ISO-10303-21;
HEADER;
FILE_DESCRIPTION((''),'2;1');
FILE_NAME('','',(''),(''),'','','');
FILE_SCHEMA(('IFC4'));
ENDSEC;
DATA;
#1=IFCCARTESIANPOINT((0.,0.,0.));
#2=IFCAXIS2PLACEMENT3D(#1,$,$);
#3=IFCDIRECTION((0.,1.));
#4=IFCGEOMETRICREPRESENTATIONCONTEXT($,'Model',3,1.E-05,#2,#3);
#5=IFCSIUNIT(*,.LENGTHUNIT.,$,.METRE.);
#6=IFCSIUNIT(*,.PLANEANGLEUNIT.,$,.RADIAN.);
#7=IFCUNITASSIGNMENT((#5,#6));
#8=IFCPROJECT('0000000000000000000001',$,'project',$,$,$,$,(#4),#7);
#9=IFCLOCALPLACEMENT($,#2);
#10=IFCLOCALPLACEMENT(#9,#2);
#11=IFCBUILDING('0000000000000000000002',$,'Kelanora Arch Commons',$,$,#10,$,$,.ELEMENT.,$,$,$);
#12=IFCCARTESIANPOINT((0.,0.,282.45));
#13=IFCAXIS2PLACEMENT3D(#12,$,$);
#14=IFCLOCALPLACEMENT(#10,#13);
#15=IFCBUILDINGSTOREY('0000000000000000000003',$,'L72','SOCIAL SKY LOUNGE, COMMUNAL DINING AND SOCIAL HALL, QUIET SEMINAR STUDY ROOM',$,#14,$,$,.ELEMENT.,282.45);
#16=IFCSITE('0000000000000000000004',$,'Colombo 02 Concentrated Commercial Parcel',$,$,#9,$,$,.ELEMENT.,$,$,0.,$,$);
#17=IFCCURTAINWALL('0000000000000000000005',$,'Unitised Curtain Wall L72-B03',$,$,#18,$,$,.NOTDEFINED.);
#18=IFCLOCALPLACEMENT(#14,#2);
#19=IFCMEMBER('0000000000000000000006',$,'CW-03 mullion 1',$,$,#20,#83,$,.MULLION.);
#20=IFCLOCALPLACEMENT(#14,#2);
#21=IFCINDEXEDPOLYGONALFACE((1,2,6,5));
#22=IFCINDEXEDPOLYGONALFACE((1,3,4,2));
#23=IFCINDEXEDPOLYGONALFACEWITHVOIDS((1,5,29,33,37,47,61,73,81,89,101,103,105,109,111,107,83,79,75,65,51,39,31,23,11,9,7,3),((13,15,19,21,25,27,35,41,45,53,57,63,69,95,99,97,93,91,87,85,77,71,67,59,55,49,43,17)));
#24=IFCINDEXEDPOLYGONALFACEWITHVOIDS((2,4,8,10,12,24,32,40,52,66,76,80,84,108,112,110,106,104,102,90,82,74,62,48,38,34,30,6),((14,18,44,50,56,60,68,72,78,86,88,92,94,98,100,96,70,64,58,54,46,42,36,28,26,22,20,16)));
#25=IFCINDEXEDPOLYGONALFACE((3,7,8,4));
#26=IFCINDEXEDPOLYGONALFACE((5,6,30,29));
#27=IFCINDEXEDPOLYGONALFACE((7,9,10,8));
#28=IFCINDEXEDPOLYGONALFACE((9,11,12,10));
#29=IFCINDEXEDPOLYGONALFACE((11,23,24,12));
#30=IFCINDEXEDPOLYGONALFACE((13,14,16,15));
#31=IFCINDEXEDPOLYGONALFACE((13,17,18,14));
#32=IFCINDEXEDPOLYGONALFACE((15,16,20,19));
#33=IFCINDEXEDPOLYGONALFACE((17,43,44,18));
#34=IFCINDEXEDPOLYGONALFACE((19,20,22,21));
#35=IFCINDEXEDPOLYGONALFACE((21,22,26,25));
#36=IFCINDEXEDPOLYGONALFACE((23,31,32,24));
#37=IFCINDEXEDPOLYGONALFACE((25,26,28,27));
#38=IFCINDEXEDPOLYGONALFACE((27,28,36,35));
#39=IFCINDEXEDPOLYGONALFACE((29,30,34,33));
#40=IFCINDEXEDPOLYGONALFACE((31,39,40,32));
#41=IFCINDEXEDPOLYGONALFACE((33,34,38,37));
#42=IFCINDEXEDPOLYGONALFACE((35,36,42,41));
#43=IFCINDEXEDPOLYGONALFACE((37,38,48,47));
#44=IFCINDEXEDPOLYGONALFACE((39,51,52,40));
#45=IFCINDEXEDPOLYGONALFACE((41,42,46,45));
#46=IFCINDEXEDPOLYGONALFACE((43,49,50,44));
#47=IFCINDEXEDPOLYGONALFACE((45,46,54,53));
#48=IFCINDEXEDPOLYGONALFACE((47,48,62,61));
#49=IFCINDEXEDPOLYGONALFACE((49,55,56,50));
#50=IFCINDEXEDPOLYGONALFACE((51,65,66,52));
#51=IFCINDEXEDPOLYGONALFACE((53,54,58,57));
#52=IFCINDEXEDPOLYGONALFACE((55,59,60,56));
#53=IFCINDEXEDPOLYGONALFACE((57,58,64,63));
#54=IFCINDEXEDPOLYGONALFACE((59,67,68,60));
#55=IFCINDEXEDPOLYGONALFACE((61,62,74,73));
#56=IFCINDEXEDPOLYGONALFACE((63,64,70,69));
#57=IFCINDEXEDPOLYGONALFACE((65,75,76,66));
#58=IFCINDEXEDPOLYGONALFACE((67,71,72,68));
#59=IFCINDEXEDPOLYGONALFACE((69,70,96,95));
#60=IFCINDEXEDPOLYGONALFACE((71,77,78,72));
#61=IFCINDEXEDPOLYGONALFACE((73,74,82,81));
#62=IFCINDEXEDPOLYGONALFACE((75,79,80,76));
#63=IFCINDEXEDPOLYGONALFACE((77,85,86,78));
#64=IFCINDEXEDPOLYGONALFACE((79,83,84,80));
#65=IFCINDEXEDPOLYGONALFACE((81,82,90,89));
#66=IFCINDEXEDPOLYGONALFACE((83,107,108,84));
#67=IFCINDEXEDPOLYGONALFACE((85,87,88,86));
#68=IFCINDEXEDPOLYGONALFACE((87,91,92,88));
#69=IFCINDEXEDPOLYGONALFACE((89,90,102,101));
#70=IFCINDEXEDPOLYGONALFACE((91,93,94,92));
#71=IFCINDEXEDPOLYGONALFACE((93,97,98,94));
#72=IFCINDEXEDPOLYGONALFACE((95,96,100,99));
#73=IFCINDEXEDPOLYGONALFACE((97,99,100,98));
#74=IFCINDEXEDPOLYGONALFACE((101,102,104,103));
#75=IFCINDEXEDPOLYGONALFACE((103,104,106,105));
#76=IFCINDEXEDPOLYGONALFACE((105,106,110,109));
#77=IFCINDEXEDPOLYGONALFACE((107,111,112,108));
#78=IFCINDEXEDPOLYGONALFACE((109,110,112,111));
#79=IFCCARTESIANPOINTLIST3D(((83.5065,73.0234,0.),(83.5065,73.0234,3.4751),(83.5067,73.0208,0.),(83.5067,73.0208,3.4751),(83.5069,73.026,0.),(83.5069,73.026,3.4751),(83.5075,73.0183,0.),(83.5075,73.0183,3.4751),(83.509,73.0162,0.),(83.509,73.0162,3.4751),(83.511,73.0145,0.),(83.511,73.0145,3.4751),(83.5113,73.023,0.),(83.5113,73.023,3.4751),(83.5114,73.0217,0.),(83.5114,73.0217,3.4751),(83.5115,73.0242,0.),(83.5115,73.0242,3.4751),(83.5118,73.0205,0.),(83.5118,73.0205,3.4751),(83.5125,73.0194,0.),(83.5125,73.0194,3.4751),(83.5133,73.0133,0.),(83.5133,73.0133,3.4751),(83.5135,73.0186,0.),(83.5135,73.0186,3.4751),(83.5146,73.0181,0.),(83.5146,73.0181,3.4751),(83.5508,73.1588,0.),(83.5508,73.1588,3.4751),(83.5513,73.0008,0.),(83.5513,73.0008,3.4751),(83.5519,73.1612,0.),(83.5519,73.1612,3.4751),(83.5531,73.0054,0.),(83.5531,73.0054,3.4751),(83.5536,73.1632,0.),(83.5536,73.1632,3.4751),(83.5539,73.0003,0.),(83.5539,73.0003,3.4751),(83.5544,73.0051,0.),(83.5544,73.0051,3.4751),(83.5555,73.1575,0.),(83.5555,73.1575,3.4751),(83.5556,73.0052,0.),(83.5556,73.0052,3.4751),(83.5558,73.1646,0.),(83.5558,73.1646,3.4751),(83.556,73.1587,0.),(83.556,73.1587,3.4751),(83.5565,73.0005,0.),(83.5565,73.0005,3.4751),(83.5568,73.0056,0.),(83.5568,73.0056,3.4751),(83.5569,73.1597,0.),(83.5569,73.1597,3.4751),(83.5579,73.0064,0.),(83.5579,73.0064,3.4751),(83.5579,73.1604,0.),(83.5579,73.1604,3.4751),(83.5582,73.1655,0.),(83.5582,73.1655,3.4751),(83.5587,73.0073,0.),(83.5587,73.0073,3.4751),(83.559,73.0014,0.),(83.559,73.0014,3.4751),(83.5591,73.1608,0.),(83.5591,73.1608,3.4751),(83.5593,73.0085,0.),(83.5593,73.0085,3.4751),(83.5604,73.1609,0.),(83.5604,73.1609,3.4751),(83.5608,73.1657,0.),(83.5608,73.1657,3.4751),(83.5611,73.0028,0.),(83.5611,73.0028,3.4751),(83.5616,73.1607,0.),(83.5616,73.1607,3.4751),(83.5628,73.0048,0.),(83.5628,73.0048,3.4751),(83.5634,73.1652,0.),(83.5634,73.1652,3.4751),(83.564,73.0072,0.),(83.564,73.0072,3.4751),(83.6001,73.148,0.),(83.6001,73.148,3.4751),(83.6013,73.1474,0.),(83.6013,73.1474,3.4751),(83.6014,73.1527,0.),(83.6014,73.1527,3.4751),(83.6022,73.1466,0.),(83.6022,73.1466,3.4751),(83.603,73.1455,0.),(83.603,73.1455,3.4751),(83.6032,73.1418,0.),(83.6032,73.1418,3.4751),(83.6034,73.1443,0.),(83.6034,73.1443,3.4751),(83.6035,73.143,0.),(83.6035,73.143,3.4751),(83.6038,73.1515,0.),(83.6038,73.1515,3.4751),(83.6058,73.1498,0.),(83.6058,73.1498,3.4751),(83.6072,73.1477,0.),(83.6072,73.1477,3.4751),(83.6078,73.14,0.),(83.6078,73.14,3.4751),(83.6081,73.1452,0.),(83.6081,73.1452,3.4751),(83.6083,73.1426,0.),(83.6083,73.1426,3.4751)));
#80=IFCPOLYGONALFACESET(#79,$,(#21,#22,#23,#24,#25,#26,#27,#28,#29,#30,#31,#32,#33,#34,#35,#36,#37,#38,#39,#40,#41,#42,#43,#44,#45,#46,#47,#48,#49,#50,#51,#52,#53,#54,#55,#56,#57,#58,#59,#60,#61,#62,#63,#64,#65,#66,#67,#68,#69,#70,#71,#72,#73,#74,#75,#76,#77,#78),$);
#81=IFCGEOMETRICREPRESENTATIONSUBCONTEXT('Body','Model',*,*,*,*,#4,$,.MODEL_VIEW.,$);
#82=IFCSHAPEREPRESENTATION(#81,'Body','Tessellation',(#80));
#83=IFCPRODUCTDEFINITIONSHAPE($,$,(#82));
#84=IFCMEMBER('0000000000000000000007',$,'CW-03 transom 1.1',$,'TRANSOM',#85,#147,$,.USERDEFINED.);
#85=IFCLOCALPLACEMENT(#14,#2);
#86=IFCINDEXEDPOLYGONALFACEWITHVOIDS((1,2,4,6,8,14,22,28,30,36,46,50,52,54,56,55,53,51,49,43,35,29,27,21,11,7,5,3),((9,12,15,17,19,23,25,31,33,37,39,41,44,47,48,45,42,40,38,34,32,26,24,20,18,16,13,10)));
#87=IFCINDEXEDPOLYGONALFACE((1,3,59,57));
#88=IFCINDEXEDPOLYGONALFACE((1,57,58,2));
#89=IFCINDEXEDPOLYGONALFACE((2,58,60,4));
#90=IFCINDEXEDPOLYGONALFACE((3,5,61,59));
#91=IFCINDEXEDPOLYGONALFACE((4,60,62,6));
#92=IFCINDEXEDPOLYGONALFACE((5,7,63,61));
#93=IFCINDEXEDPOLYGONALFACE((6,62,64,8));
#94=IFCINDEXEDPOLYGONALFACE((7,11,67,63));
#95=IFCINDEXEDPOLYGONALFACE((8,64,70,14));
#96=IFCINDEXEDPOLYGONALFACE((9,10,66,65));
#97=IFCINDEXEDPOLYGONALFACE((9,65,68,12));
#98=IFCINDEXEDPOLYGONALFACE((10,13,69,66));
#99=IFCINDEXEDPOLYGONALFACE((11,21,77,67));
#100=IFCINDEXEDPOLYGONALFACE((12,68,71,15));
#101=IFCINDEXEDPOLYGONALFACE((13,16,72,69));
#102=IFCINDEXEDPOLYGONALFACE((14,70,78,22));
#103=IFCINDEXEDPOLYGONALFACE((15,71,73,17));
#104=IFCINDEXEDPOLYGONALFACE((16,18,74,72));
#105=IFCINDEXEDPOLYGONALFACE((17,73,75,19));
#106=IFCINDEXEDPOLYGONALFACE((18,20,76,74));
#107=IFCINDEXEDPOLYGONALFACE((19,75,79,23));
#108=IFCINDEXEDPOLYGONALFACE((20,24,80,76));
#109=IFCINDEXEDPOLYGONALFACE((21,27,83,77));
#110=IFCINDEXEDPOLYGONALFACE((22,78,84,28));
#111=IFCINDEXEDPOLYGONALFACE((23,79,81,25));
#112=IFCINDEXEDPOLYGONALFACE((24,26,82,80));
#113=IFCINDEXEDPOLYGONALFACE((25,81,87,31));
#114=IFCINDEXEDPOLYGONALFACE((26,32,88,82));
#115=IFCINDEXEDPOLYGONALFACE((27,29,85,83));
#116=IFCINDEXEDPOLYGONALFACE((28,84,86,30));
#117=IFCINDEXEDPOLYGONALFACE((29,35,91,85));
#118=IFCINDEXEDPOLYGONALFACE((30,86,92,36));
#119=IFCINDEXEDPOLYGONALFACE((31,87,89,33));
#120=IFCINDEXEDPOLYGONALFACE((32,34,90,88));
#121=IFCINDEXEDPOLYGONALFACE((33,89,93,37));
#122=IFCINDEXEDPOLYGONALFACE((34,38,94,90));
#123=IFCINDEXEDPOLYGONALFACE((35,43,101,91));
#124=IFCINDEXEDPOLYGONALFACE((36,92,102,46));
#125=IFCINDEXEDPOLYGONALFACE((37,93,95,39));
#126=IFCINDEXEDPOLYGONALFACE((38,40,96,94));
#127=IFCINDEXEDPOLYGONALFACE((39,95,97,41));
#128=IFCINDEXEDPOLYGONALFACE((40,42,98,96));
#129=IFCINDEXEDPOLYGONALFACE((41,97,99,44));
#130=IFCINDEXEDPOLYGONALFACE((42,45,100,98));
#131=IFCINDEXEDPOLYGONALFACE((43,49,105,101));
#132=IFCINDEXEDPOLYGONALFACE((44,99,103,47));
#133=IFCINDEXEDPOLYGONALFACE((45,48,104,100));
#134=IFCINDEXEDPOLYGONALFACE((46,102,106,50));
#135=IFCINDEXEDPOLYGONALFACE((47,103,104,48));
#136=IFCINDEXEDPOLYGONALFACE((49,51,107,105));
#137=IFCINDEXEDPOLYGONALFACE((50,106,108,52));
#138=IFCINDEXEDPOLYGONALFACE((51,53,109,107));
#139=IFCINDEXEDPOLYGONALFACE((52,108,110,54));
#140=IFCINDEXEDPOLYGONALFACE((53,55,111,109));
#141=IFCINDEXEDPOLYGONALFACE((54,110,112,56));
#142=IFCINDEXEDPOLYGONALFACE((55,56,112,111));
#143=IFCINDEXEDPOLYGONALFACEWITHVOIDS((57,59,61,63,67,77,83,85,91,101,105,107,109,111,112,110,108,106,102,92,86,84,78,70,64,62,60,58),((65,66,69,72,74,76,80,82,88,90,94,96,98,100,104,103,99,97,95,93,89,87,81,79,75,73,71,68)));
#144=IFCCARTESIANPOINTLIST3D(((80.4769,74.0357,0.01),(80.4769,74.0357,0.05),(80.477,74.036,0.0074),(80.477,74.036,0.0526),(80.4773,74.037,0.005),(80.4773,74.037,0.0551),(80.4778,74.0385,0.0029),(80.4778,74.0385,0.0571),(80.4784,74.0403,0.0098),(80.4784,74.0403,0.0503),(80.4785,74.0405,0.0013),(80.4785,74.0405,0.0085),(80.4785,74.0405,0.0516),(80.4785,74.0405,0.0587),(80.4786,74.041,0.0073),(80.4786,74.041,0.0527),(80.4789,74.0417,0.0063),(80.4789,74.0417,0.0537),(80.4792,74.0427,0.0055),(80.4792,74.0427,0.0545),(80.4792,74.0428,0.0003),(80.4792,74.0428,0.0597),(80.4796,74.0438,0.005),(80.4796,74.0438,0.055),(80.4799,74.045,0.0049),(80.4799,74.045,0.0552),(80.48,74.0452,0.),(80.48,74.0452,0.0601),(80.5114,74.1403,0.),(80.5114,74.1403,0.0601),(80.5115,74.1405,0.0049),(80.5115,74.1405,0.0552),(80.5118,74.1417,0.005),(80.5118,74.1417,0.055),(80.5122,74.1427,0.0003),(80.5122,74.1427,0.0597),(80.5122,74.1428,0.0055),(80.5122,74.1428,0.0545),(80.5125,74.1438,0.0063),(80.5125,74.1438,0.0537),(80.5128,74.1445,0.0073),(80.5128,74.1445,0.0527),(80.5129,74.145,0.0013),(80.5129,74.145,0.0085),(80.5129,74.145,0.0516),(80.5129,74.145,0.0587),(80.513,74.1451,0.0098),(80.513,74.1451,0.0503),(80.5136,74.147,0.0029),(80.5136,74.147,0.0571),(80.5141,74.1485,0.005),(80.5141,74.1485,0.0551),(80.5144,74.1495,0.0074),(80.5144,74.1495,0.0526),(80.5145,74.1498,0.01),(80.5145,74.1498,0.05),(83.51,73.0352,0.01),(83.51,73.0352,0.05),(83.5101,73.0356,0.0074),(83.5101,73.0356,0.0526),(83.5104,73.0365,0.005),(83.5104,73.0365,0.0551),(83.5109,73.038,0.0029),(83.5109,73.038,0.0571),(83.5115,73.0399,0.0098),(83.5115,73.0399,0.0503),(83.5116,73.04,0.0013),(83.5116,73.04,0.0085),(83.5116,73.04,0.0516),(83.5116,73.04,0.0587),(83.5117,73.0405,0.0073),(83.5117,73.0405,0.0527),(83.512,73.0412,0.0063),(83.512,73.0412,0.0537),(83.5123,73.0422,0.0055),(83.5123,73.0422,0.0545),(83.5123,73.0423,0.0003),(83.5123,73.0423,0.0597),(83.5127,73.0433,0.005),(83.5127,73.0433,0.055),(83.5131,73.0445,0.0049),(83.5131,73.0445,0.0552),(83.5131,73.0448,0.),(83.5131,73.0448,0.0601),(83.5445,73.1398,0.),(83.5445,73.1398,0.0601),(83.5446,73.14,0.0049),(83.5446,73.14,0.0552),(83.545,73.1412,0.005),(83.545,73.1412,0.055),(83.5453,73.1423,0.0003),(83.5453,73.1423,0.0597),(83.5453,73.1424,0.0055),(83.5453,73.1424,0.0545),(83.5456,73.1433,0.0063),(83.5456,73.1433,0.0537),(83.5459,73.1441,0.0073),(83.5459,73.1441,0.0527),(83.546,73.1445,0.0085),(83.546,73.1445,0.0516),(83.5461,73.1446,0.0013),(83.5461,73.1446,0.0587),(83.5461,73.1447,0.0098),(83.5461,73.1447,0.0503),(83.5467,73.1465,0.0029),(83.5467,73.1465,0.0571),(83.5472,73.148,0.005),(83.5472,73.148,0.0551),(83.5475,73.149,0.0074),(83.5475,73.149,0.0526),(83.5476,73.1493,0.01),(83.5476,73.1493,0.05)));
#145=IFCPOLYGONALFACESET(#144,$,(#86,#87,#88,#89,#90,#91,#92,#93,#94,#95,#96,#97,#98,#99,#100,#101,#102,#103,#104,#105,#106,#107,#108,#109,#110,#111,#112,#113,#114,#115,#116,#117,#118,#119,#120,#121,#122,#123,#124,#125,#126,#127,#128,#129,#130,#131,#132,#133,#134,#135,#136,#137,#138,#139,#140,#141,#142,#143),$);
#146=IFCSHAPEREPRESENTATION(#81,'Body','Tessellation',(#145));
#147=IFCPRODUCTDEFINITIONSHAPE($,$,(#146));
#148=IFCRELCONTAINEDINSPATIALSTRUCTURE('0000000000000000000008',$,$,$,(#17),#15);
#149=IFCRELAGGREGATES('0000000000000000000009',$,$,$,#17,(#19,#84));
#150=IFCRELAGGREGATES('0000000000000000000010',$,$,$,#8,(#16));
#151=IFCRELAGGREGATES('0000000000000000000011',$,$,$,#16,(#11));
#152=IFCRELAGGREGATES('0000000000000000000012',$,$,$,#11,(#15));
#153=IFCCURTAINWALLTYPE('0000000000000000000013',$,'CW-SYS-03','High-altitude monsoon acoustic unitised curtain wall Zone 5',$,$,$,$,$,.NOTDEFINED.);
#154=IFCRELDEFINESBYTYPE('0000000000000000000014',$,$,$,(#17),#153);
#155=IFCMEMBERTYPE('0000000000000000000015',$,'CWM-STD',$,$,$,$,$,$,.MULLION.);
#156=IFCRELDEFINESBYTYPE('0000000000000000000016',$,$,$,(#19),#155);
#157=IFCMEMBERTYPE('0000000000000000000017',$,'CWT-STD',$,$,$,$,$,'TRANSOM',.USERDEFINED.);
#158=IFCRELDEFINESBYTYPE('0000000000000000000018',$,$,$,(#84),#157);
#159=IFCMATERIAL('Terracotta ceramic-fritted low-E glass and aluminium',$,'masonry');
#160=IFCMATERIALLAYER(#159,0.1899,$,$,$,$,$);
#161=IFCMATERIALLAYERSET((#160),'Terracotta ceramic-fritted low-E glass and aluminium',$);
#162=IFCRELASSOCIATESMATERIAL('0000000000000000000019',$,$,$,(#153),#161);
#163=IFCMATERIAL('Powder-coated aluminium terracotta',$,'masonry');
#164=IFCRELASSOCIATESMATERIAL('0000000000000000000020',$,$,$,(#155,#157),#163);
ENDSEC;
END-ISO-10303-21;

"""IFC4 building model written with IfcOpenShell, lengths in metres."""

from ifc_helpers import new_model, si_unit, direction, frame, origin, origin_2d, place, context, subcontext, project, spatial, hollow_rectangle, extrude, material, layer, layer_set, material_profile, profile_set, type_object, element, aggregate, save


model = new_model("IFC4")

# Units and contexts
model_context = context("Model", 3, precision=1e-05, world=origin(), true_north=direction((0.0, 1.0)))
body_context = subcontext(model_context, "Body", "Model", "MODEL_VIEW")
ifc_project = project(units=[si_unit("LENGTHUNIT", "METRE"), si_unit("PLANEANGLEUNIT", "RADIAN")], contexts=[model_context])

# Site, building, storey
site_placement = place(None, origin())
site = spatial("IfcSite", under=ifc_project, at=site_placement, Name="Colombo 02 Concentrated Commercial Parcel", CompositionType="ELEMENT", RefElevation=0.0)
building_placement = place(site_placement, origin())
building = spatial("IfcBuilding", under=site, at=building_placement, Name="Kelanora Arch Commons", CompositionType="ELEMENT")
storey_placement = place(building_placement, frame((0.0, 0.0, 282.45)))
storey = spatial("IfcBuildingStorey", under=building, at=storey_placement, Name="L72", Description="SOCIAL SKY LOUNGE, COMMUNAL DINING AND SOCIAL HALL, QUIET SEMINAR STUDY ROOM", CompositionType="ELEMENT", Elevation=282.45)

# Shared definitions
ifc_material_1 = material(Name="Terracotta ceramic-fritted low-E glass and aluminium", Category="masonry")
ifc_layer_1 = layer(ifc_material_1, 0.1899)
ifc_layer_set_1 = layer_set([ifc_layer_1], Name="Terracotta ceramic-fritted low-E glass and aluminium")
curtain_wall_type = type_object("IfcCurtainWallType", Name="CW-SYS-03", Description="High-altitude monsoon acoustic unitised curtain wall Zone 5", PredefinedType="NOTDEFINED", material=ifc_layer_set_1)
ifc_material_2 = material(Name="Powder-coated aluminium terracotta", Category="masonry")
ifc_material_profile_1 = material_profile(ifc_material_2, hollow_rectangle(XDim=0.1599, YDim=0.0601, WallThickness=0.0049, InnerFilletRadius=0.0049, OuterFilletRadius=0.01, at=origin_2d()), Name="CWM160x60")
ifc_profile_set_1 = profile_set([ifc_material_profile_1], Name="Powder-coated aluminium terracotta")
member_type_1 = type_object("IfcMemberType", Name="CWM-STD", PredefinedType="MULLION", material=ifc_profile_set_1)

# Curtain wall, members
curtain_wall_1_placement = place(storey_placement, origin())
curtain_wall_1 = element("IfcCurtainWall", 1, at=curtain_wall_1_placement, inside=storey, type_object=curtain_wall_type, Name="Unitised Curtain Wall L72-B03", PredefinedType="NOTDEFINED")
member_1_placement = place(storey_placement, frame((83.5574, 73.083, 0.0), z_axis=(0.0, 0.0, 1.0), x_axis=(-0.313253, -0.94967, 0.0)))
member_1 = element("IfcMember", 2, at=member_1_placement, type_object=member_type_1, Name="CW-03 mullion 1", PredefinedType="MULLION", context=body_context, shape_type="SweptSolid", body=[
    extrude(hollow_rectangle(XDim=0.1599, YDim=0.0601, WallThickness=0.0049, InnerFilletRadius=0.0049, OuterFilletRadius=0.01, at=origin_2d()), origin(), (0.0, 0.0, 1.0), 3.4751),
])
ifc_material_profile_2 = material_profile(ifc_material_2, hollow_rectangle(XDim=0.1201, YDim=0.0601, WallThickness=0.0049, InnerFilletRadius=0.0049, OuterFilletRadius=0.01, at=origin_2d()), Name="CWT120x60")
ifc_profile_set_2 = profile_set([ifc_material_profile_2], Name="Powder-coated aluminium terracotta")
member_type_2 = type_object("IfcMemberType", Name="CWT-STD", ElementType="TRANSOM", PredefinedType="USERDEFINED", material=ifc_profile_set_2)
member_2_placement = place(storey_placement, frame((83.5288, 73.0923, 0.03), z_axis=(-0.949672, 0.313245, 0.0), x_axis=(-0.313245, -0.949672, 0.0)))
member_2 = element("IfcMember", 3, at=member_2_placement, type_object=member_type_2, Name="CW-03 transom 1.1", ObjectType="TRANSOM", PredefinedType="USERDEFINED", context=body_context, shape_type="SweptSolid", body=[
    extrude(hollow_rectangle(XDim=0.1201, YDim=0.0601, WallThickness=0.0049, InnerFilletRadius=0.0049, OuterFilletRadius=0.01, at=origin_2d()), origin(), (0.0, 0.0, 1.0), 3.1938),
])
aggregate(curtain_wall_1, [member_1, member_2])

save(model, "model.ifc")
